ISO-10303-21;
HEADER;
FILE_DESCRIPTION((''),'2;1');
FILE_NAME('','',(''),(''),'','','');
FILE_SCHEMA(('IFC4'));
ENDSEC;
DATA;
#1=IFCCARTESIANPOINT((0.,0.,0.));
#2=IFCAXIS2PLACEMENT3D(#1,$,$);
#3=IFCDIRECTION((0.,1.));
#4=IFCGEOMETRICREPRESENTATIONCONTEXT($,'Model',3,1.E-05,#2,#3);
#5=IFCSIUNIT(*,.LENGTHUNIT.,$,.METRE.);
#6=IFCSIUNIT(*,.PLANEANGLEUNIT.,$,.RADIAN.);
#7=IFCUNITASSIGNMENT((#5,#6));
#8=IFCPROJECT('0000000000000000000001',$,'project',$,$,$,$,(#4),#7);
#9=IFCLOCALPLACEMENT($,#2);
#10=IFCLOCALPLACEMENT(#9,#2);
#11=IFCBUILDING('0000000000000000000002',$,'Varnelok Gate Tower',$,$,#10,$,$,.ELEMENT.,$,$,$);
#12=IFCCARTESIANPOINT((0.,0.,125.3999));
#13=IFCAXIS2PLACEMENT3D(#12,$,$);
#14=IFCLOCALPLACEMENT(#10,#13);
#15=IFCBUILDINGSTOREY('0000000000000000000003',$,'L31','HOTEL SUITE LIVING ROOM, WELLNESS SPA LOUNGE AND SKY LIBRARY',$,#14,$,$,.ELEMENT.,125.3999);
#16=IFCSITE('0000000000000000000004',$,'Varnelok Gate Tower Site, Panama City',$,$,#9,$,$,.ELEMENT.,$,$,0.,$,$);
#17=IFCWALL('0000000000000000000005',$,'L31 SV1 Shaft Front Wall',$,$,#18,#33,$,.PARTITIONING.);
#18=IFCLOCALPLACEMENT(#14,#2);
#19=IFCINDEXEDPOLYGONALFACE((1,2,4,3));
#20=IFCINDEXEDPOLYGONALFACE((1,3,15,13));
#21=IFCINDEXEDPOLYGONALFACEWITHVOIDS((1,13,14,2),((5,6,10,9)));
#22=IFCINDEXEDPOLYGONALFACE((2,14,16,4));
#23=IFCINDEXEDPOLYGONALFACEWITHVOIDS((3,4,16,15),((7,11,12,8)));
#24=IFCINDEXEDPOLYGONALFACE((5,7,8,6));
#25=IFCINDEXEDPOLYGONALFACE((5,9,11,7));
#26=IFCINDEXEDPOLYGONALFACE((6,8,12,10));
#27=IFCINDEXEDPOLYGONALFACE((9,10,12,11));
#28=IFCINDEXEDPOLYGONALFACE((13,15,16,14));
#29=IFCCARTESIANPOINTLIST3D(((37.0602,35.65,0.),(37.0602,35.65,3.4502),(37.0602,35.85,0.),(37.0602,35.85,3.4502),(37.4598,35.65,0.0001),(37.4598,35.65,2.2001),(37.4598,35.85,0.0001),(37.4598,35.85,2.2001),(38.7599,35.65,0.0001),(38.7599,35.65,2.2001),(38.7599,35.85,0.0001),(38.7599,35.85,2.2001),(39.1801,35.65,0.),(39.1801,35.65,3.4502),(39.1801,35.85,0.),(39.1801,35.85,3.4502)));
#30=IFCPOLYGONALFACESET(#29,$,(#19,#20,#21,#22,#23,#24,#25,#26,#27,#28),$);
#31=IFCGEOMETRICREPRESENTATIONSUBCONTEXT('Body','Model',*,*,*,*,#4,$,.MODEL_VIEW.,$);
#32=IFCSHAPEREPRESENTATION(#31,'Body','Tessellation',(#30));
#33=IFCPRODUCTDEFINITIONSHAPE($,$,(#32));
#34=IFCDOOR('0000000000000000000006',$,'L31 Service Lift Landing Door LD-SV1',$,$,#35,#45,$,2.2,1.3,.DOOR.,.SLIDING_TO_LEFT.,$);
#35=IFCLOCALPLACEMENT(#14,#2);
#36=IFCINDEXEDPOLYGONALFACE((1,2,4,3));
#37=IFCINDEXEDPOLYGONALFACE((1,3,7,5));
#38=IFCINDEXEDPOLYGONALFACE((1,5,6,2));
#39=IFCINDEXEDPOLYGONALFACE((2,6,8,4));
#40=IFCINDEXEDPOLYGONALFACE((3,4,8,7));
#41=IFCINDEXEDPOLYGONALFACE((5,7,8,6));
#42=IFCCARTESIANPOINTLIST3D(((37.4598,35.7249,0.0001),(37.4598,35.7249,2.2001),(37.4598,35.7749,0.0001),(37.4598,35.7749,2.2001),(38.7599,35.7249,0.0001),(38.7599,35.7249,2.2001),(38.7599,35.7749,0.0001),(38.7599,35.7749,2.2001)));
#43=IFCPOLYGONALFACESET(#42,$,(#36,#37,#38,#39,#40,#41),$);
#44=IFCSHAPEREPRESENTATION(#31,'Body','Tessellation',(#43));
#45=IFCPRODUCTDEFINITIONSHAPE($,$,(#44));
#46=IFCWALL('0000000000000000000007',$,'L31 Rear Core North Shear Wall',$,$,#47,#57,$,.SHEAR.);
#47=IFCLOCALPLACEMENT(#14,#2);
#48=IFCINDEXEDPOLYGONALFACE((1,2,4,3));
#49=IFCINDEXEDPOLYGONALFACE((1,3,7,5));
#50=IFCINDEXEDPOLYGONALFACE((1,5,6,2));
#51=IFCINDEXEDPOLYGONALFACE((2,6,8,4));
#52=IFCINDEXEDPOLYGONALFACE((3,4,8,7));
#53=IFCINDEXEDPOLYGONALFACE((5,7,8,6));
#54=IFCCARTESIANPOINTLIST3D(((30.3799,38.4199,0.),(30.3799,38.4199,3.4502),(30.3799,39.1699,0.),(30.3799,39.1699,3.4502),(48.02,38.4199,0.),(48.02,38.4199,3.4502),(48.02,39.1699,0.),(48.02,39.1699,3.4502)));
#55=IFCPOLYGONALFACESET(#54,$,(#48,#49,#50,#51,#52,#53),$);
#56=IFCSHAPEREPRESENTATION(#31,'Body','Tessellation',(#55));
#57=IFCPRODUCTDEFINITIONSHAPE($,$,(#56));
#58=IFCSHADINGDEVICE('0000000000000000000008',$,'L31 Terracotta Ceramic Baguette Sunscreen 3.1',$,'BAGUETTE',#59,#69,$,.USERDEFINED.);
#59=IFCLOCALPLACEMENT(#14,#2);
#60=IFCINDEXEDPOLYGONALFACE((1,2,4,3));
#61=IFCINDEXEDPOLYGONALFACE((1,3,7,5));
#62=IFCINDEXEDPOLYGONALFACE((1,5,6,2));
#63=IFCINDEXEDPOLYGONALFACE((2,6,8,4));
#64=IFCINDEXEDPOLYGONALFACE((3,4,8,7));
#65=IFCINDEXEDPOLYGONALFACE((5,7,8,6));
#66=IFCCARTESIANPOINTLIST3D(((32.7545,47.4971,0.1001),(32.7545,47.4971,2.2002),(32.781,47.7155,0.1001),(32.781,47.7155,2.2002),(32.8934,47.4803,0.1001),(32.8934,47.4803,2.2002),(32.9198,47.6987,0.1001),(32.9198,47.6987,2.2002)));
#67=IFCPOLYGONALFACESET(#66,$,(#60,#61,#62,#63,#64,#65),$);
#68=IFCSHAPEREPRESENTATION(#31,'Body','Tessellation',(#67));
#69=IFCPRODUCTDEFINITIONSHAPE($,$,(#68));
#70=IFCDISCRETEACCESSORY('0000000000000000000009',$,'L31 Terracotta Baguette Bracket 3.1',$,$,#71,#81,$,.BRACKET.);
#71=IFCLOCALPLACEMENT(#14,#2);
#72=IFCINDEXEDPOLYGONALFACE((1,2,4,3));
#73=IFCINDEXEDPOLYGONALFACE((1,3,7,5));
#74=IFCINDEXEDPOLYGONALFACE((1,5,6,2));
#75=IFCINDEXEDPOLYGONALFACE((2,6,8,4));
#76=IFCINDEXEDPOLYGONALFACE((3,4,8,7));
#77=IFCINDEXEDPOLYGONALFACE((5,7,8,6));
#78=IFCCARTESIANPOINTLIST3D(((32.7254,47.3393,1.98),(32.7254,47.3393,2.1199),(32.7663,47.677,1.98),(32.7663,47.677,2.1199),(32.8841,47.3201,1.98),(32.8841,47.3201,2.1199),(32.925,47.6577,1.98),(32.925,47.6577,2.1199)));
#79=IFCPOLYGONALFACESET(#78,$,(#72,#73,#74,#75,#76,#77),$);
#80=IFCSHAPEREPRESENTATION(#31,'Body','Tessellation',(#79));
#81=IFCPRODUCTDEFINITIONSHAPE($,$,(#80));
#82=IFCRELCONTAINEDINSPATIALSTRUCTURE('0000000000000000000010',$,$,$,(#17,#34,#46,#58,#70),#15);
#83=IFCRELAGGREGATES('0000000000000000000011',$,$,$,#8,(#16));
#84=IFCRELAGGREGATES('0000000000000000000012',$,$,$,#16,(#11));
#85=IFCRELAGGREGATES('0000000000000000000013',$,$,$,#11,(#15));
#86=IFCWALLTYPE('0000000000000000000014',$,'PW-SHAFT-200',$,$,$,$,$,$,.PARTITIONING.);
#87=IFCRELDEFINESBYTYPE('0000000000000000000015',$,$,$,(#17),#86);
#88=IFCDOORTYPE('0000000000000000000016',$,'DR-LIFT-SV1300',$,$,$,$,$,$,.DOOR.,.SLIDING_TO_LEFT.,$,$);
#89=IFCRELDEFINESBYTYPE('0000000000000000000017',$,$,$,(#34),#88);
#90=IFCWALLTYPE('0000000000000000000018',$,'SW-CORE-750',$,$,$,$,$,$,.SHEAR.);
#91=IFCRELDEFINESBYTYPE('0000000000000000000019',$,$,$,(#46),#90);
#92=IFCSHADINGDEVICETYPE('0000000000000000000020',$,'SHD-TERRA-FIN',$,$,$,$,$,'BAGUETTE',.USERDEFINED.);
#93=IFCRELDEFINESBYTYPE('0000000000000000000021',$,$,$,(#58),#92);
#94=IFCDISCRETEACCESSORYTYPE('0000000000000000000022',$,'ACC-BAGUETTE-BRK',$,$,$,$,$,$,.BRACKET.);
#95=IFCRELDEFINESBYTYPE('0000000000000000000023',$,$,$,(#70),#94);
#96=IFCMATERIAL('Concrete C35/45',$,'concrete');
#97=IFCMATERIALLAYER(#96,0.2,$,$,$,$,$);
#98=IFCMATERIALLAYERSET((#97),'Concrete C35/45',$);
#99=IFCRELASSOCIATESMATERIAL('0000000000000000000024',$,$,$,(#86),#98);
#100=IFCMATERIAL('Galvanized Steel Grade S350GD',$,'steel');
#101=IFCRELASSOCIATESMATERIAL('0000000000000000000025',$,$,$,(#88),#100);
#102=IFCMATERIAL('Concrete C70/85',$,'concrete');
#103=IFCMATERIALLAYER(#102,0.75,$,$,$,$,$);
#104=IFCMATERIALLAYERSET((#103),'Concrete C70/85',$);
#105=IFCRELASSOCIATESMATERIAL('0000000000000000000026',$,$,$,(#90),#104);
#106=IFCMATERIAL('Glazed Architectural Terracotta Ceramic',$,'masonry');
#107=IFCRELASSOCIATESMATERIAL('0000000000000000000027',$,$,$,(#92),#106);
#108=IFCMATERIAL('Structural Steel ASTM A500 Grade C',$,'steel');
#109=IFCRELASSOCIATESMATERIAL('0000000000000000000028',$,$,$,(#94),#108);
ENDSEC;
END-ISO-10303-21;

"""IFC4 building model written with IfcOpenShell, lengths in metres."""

from ifc_helpers import new_model, si_unit, direction, frame, frame_2d, origin, origin_2d, place, context, subcontext, project, spatial, rectangle, extrude, source, transform, mapped, material, layer, layer_set, type_object, element, fill, save


model = new_model("IFC4")

# Units and contexts
model_context = context("Model", 3, precision=1e-05, world=origin(), true_north=direction((0.0, 1.0)))
body_context = subcontext(model_context, "Body", "Model", "MODEL_VIEW")
ifc_project = project(units=[si_unit("LENGTHUNIT", "METRE"), si_unit("PLANEANGLEUNIT", "RADIAN")], contexts=[model_context])

# Site, building, storey
site_placement = place(None, origin())
site = spatial("IfcSite", under=ifc_project, at=site_placement, Name="Varnelok Gate Tower Site, Panama City", CompositionType="ELEMENT", RefElevation=0.0)
building_placement = place(site_placement, origin())
building = spatial("IfcBuilding", under=site, at=building_placement, Name="Varnelok Gate Tower", CompositionType="ELEMENT")
storey_placement = place(building_placement, frame((0.0, 0.0, 125.3999)))
storey = spatial("IfcBuildingStorey", under=building, at=storey_placement, Name="L31", Description="HOTEL SUITE LIVING ROOM, WELLNESS SPA LOUNGE AND SKY LIBRARY", CompositionType="ELEMENT", Elevation=125.3999)

# Shared definitions
ifc_material_1 = material(Name="Concrete C70/85", Category="concrete")

# Shared definitions
ifc_material_2 = material(Name="Concrete C35/45", Category="concrete")
ifc_layer_1 = layer(ifc_material_2, 0.2)
ifc_layer_set_1 = layer_set([ifc_layer_1], Name="Concrete C35/45")
wall_type_1 = type_object("IfcWallType", Name="PW-SHAFT-200", PredefinedType="PARTITIONING", material=ifc_layer_set_1)

# Wall, opening, door
wall_1_placement = place(storey_placement, frame((37.0601, 35.75, 0.0), z_axis=(0.0, 0.0, 1.0), x_axis=(1.0, 0.0, 0.0)))
wall_1 = element("IfcWall", 1, at=wall_1_placement, inside=storey, type_object=wall_type_1, Name="L31 SV1 Shaft Front Wall", PredefinedType="PARTITIONING", context=body_context, shape_type="SweptSolid", body=[
    extrude(rectangle(XDim=2.1199, YDim=0.2, at=frame_2d((1.0601, 0.0))), origin(), (0.0, 0.0, 1.0), 3.4502),
])
opening_1_placement = place(wall_1_placement, frame((0.3999, 0.0, 0.0)))
opening_1 = element("IfcOpeningElement", 2, at=opening_1_placement, cuts=wall_1, PredefinedType="OPENING", context=body_context, shape_type="SweptSolid", body=[
    extrude(rectangle(XDim=1.3, YDim=2.2, at=frame_2d((0.6499, 1.1001))), frame((0.0, 0.1099, 0.0), z_axis=(0.0, -1.0, 0.0), x_axis=(1.0, 0.0, 0.0)), (0.0, 0.0, 1.0), 0.22),
])
ifc_material_3 = material(Name="Galvanized Steel Grade S350GD", Category="steel")
door_type_1 = type_object("IfcDoorType", Name="DR-LIFT-SV1300", OperationType="SLIDING_TO_LEFT", PredefinedType="DOOR", material=ifc_material_3)
door_1_placement = place(opening_1_placement, origin())
door_1 = element("IfcDoor", 3, at=door_1_placement, inside=storey, type_object=door_type_1, Name="L31 Service Lift Landing Door LD-SV1", OperationType="SLIDING_TO_LEFT", OverallHeight=2.2, OverallWidth=1.3, PredefinedType="DOOR", context=body_context, shape_type="SweptSolid", body=[
    extrude(rectangle(XDim=1.3, YDim=2.2, at=frame_2d((0.6499, 1.1001))), frame((0.0, 0.0249, 0.0), z_axis=(0.0, -1.0, 0.0), x_axis=(1.0, 0.0, 0.0)), (0.0, 0.0, 1.0), 0.05),
])
fill(opening_1, door_1)

# Wall
ifc_layer_2 = layer(ifc_material_1, 0.75)
ifc_layer_set_2 = layer_set([ifc_layer_2], Name="Concrete C70/85")
wall_type_2 = type_object("IfcWallType", Name="SW-CORE-750", PredefinedType="SHEAR", material=ifc_layer_set_2)
wall_2_placement = place(storey_placement, frame((30.3799, 38.7949, 0.0), z_axis=(0.0, 0.0, 1.0), x_axis=(1.0, 0.0, 0.0)))
element("IfcWall", 4, at=wall_2_placement, inside=storey, type_object=wall_type_2, Name="L31 Rear Core North Shear Wall", PredefinedType="SHEAR", context=body_context, shape_type="SweptSolid", body=[
    extrude(rectangle(XDim=17.6401, YDim=0.75, at=frame_2d((8.8201, 0.0))), origin(), (0.0, 0.0, 1.0), 3.4502),
])

# Shading device
ifc_material_4 = material(Name="Glazed Architectural Terracotta Ceramic", Category="masonry")
shading_device_type = type_object("IfcShadingDeviceType", Name="SHD-TERRA-FIN", ElementType="BAGUETTE", PredefinedType="USERDEFINED", material=ifc_material_4)
shared_shape_1 = source(origin(), body_context, "Body", "SweptSolid", [
    extrude(rectangle(XDim=0.1399, YDim=0.22, at=origin_2d()), origin(), (0.0, 0.0, 1.0), 2.1001),
])
shading_device_placement = place(storey_placement, frame((32.8372, 47.5979, 0.1001), z_axis=(0.0, 0.0, 1.0), x_axis=(0.992732, -0.120345, 0.0)))
element("IfcShadingDevice", 5, at=shading_device_placement, inside=storey, type_object=shading_device_type, Name="L31 Terracotta Ceramic Baguette Sunscreen 3.1", ObjectType="BAGUETTE", PredefinedType="USERDEFINED", context=body_context, shape_type="MappedRepresentation", body=[
    mapped(shared_shape_1, transform((0.0, 0.0, 0.0), scale=1.0)),
])

# Discrete accessory
ifc_material_5 = material(Name="Structural Steel ASTM A500 Grade C", Category="steel")
discrete_accessory_type = type_object("IfcDiscreteAccessoryType", Name="ACC-BAGUETTE-BRK", PredefinedType="BRACKET", material=ifc_material_5)
shared_shape_2 = source(origin(), body_context, "Body", "SweptSolid", [
    extrude(rectangle(XDim=0.1599, YDim=0.3401, at=origin_2d()), origin(), (0.0, 0.0, 1.0), 0.1399),
])
discrete_accessory_placement = place(storey_placement, frame((32.8252, 47.4985, 1.98), z_axis=(0.0, 0.0, 1.0), x_axis=(0.992732, -0.120345, 0.0)))
element("IfcDiscreteAccessory", 6, at=discrete_accessory_placement, inside=storey, type_object=discrete_accessory_type, Name="L31 Terracotta Baguette Bracket 3.1", PredefinedType="BRACKET", context=body_context, shape_type="MappedRepresentation", body=[
    mapped(shared_shape_2, transform((0.0, 0.0, 0.0), scale=1.0)),
])

save(model, "model.ifc")
